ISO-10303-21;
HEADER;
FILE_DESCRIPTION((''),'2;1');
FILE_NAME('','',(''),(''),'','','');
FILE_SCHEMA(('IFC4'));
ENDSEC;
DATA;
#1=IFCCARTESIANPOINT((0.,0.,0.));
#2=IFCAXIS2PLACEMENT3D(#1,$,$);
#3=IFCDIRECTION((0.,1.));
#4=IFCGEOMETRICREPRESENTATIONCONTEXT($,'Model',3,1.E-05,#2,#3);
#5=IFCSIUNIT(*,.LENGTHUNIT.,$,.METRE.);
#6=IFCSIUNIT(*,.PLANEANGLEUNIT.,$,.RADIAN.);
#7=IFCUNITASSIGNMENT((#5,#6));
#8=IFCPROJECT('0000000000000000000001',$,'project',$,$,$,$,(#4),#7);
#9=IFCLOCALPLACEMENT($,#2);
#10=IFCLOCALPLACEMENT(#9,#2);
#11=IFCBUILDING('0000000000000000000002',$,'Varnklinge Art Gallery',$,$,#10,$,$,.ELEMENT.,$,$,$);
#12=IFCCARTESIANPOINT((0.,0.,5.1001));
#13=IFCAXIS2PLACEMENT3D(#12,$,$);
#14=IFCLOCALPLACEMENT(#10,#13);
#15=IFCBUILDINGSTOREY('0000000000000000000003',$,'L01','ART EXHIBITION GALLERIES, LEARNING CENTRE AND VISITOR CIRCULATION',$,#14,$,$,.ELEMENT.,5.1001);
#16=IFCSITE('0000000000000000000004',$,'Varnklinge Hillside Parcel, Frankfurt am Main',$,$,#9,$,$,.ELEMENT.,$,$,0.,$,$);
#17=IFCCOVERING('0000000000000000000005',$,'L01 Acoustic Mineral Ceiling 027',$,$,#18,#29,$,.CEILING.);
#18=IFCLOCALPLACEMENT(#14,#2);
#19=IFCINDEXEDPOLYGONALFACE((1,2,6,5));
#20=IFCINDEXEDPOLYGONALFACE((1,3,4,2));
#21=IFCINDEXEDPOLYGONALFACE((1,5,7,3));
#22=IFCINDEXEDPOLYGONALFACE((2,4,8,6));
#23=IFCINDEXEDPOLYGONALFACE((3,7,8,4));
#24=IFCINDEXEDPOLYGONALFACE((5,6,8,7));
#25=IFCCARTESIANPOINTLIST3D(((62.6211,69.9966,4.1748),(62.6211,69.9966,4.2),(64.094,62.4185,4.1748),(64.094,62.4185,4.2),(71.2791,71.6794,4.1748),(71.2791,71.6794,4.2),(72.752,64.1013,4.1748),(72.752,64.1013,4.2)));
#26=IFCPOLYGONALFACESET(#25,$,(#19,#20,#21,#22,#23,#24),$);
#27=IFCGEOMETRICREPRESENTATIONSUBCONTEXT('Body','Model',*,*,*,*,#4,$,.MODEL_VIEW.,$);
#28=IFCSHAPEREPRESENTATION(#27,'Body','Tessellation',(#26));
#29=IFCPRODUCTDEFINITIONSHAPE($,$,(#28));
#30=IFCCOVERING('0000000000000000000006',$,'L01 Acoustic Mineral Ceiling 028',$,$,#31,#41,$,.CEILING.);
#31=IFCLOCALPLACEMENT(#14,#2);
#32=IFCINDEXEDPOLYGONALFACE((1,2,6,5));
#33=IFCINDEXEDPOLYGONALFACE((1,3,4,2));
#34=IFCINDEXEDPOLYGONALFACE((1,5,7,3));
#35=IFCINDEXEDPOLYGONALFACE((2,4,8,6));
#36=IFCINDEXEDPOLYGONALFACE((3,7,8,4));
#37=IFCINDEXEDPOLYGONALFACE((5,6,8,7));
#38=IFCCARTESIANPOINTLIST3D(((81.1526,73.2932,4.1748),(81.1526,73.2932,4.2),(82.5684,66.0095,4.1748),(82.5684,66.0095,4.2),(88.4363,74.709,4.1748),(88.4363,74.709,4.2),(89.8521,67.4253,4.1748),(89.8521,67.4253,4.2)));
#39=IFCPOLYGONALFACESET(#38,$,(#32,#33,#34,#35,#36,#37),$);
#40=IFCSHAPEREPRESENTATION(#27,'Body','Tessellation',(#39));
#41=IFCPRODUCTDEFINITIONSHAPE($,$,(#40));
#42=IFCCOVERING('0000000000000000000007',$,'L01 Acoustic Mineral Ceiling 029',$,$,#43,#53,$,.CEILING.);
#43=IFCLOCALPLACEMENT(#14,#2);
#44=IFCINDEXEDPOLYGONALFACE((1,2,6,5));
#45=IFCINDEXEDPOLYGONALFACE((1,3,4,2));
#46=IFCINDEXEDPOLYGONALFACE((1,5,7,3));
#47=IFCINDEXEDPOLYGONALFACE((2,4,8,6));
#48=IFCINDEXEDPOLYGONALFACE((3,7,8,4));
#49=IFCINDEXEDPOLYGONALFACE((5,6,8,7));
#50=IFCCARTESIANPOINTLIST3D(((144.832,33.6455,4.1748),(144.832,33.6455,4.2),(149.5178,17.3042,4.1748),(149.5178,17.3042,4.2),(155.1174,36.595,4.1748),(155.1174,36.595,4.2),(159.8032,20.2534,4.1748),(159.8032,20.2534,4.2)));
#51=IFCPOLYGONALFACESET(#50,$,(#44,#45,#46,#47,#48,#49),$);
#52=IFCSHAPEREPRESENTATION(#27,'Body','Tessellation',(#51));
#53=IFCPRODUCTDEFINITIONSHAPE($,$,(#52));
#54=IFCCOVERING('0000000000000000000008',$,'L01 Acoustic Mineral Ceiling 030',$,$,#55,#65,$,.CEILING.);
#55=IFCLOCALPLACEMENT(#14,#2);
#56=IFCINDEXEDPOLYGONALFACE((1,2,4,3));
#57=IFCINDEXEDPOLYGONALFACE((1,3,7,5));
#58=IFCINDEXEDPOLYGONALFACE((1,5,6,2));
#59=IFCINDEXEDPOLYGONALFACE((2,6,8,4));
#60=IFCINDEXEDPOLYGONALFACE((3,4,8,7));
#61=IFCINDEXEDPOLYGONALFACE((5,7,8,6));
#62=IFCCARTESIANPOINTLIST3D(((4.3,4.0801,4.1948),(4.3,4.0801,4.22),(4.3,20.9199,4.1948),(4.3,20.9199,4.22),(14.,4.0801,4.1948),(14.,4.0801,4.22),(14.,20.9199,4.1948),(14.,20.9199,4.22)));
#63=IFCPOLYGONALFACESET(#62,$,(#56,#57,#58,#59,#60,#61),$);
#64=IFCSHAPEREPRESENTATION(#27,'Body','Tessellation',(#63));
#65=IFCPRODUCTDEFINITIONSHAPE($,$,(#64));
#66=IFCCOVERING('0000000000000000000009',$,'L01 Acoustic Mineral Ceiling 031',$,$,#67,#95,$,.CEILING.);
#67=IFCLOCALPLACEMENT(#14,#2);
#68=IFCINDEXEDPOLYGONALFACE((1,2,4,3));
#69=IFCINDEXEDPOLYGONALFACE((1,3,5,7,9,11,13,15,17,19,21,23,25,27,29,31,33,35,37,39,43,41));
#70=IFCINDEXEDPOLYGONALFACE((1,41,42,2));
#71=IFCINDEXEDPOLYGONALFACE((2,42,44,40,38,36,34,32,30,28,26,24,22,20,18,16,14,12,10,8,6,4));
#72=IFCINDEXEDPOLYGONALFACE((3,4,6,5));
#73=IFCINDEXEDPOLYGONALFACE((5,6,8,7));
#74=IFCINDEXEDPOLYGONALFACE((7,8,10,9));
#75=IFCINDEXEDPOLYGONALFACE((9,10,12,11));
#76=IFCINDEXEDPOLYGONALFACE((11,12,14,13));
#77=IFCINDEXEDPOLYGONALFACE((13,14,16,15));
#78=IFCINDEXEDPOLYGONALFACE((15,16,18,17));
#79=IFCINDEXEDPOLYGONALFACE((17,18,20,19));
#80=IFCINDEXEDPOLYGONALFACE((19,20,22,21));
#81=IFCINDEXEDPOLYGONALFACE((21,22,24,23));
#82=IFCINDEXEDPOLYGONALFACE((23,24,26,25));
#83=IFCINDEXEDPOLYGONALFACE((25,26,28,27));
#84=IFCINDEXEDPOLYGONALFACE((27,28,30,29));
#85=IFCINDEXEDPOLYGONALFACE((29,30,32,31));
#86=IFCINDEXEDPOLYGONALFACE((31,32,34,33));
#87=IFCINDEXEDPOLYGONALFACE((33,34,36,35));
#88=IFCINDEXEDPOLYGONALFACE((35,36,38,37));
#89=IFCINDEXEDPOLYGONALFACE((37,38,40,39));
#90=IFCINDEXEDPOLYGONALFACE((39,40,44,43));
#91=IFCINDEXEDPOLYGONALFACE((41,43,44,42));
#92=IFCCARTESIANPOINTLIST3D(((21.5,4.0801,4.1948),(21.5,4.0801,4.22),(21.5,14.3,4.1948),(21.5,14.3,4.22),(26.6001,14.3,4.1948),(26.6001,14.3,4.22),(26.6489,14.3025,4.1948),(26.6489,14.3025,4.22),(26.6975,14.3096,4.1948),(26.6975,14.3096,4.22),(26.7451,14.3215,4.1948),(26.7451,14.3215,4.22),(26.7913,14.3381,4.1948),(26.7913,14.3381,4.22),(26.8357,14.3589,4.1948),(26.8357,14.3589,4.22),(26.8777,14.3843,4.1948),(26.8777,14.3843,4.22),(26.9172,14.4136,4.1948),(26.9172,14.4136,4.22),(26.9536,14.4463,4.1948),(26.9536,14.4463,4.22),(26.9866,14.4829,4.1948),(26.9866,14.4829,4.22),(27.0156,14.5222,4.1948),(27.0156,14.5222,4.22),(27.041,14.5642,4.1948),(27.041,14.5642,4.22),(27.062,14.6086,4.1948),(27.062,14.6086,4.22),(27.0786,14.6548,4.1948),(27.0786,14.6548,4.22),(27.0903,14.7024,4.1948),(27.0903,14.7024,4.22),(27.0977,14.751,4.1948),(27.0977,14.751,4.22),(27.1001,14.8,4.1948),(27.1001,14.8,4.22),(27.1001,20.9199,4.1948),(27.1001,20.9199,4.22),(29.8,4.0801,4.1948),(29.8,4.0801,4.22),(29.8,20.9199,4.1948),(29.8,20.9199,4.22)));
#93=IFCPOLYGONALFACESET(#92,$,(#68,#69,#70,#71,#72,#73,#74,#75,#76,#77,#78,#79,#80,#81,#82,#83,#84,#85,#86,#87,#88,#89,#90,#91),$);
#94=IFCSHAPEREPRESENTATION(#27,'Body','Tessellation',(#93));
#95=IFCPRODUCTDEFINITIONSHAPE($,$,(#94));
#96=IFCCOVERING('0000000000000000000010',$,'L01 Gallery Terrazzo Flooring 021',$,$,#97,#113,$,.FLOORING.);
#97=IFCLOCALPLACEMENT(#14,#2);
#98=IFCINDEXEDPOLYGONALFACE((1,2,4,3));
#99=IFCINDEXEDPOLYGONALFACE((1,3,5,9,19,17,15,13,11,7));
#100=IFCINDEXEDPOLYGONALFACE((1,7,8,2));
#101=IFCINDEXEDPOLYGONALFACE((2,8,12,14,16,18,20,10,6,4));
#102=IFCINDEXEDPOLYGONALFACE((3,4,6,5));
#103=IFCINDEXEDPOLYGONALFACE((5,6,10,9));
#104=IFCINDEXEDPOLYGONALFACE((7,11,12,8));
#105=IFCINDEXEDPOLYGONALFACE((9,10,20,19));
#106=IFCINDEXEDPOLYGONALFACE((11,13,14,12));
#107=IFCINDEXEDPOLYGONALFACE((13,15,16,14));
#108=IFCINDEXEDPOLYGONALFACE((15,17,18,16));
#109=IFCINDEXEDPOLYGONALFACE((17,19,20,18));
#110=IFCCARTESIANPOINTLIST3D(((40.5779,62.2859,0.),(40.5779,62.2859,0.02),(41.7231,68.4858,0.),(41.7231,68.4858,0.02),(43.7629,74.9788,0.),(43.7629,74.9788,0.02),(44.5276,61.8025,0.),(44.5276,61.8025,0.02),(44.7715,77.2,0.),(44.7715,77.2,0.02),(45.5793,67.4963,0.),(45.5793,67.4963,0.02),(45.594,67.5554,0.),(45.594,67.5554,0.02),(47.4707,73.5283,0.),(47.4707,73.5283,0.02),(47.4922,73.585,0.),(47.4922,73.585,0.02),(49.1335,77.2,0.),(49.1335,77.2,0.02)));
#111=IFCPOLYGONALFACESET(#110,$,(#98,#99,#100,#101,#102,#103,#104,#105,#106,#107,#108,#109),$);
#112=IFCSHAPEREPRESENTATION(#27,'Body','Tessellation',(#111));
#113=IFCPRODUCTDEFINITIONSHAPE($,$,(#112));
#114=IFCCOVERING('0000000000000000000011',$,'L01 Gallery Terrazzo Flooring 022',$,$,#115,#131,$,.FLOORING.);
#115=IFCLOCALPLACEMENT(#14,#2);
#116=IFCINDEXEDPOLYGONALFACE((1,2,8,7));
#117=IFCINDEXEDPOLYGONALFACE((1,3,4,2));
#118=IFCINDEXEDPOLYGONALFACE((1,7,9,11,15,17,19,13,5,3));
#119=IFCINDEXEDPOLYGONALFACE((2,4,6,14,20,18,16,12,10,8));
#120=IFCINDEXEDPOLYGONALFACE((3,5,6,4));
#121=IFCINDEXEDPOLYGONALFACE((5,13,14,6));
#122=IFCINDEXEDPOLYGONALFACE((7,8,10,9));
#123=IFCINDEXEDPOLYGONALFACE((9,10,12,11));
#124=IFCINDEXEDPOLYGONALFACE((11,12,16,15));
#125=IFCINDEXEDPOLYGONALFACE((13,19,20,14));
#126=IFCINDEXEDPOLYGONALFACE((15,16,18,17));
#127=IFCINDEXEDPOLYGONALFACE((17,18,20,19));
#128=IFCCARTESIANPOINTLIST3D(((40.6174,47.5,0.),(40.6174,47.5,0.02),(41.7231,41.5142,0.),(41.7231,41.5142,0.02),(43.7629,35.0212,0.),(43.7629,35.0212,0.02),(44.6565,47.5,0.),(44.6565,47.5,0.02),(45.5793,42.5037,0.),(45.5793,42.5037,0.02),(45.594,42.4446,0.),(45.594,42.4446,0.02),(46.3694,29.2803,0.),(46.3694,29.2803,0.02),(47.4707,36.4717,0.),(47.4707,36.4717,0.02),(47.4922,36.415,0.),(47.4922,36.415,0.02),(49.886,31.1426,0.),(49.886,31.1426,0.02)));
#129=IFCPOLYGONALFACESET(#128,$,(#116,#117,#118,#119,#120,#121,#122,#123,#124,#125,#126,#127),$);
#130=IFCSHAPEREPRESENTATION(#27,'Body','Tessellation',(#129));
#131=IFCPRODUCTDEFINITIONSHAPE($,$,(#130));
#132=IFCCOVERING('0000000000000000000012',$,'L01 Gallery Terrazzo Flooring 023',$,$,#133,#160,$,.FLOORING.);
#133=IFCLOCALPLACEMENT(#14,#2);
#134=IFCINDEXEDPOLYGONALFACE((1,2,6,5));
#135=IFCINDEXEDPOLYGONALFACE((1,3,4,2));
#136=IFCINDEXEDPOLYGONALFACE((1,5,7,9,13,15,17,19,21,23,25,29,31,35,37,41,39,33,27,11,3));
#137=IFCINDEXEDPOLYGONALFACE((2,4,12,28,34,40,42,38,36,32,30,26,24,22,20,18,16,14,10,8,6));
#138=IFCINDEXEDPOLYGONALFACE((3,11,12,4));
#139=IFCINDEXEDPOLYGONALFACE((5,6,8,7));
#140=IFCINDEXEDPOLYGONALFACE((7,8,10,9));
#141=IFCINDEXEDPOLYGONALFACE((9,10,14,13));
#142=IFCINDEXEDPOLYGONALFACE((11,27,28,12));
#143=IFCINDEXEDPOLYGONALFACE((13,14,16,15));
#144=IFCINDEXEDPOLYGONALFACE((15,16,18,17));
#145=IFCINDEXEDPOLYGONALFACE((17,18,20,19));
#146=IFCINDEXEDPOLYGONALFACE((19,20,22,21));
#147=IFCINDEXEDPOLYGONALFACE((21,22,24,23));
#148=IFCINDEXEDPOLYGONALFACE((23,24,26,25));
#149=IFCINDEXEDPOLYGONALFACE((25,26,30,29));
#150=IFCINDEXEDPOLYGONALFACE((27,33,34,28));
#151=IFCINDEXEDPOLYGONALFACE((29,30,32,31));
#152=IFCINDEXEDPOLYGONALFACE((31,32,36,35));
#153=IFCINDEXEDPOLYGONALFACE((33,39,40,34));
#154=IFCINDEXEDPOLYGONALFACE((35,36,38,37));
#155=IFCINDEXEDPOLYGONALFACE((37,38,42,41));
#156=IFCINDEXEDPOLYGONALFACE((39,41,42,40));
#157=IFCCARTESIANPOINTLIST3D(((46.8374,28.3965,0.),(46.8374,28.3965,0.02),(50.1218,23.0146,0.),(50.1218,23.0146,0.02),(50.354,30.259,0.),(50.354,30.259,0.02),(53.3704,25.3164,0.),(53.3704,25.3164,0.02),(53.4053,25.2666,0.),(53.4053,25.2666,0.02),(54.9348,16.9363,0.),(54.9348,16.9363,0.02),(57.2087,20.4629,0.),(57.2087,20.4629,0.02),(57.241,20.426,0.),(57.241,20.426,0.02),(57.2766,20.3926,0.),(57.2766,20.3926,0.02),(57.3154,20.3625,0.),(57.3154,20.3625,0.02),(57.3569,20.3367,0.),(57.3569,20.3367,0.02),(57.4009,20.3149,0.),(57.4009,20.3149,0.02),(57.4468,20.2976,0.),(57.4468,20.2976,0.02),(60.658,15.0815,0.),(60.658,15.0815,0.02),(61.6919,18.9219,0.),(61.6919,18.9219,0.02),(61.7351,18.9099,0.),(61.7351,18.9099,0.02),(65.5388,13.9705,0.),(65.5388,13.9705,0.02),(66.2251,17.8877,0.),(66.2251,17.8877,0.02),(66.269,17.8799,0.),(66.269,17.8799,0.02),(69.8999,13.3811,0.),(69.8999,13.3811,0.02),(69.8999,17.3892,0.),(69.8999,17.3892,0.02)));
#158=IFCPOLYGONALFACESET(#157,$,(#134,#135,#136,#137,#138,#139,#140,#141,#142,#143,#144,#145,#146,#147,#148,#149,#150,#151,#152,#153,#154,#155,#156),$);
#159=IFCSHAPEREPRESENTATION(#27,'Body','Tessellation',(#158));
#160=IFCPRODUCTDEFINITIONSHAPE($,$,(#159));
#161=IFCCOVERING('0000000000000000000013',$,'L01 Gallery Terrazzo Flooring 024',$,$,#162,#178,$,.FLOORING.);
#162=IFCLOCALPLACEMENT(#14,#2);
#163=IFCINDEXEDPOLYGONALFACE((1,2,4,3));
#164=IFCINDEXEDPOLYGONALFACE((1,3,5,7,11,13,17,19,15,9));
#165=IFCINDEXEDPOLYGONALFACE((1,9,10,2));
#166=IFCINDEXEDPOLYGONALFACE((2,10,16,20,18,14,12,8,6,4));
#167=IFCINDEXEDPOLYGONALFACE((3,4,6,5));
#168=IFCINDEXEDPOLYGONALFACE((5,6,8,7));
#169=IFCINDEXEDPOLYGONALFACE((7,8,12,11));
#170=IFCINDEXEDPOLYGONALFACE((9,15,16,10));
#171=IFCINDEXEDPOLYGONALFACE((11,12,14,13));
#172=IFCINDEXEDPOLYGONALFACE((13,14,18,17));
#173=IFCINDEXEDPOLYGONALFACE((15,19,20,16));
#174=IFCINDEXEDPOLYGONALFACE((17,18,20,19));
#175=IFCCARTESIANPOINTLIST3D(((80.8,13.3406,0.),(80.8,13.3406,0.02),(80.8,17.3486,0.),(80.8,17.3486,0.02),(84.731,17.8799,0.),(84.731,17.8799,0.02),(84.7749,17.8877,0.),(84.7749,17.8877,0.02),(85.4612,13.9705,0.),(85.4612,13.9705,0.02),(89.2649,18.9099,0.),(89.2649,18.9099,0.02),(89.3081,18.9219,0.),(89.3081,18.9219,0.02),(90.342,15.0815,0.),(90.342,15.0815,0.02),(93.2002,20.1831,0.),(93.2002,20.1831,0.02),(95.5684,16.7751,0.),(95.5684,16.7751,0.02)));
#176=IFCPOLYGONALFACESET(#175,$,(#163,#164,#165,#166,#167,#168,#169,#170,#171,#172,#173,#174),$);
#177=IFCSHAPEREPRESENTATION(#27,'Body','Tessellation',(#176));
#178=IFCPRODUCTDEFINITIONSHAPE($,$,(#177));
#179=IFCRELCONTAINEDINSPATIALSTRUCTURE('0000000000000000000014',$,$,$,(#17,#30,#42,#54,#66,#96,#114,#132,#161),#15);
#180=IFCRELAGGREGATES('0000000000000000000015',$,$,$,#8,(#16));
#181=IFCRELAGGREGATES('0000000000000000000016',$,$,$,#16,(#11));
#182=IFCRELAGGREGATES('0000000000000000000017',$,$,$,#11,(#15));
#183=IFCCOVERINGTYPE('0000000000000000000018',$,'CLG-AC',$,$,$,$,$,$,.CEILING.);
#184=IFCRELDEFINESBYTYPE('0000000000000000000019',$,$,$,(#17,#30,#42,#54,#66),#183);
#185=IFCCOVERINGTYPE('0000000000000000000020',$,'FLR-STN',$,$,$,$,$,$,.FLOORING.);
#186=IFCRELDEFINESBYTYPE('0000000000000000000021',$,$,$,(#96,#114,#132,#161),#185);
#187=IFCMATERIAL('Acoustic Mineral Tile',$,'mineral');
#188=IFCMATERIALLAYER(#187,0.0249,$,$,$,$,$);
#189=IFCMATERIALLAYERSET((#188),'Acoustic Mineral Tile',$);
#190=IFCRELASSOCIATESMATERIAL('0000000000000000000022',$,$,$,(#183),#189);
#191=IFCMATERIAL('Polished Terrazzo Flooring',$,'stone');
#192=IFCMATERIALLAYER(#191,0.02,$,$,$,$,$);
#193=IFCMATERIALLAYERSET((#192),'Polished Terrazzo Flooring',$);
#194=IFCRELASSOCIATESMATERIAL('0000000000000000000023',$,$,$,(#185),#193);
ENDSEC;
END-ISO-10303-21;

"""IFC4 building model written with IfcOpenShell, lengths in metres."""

from ifc_helpers import new_model, si_unit, direction, frame, origin, place, context, subcontext, project, spatial, polyline, outline, extrude, material, layer, layer_set, type_object, element, save


model = new_model("IFC4")

# Units and contexts
model_context = context("Model", 3, precision=1e-05, world=origin(), true_north=direction((0.0, 1.0)))
body_context = subcontext(model_context, "Body", "Model", "MODEL_VIEW")
ifc_project = project(units=[si_unit("LENGTHUNIT", "METRE"), si_unit("PLANEANGLEUNIT", "RADIAN")], contexts=[model_context])

# Site, building, storey
site_placement = place(None, origin())
site = spatial("IfcSite", under=ifc_project, at=site_placement, Name="Varnklinge Hillside Parcel, Frankfurt am Main", CompositionType="ELEMENT", RefElevation=0.0)
building_placement = place(site_placement, origin())
building = spatial("IfcBuilding", under=site, at=building_placement, Name="Varnklinge Art Gallery", CompositionType="ELEMENT")
storey_placement = place(building_placement, frame((0.0, 0.0, 5.1001)))
storey = spatial("IfcBuildingStorey", under=building, at=storey_placement, Name="L01", Description="ART EXHIBITION GALLERIES, LEARNING CENTRE AND VISITOR CIRCULATION", CompositionType="ELEMENT", Elevation=5.1001)

# Coverings
ifc_material_1 = material(Name="Acoustic Mineral Tile", Category="mineral")
ifc_layer_1 = layer(ifc_material_1, 0.0249)
ifc_layer_set_1 = layer_set([ifc_layer_1], Name="Acoustic Mineral Tile")
covering_type_1 = type_object("IfcCoveringType", Name="CLG-AC", PredefinedType="CEILING", material=ifc_layer_set_1)
covering_1_placement = place(storey_placement, frame((0.0, 0.0, 4.1748)))
element("IfcCovering", 1, at=covering_1_placement, inside=storey, type_object=covering_type_1, Name="L01 Acoustic Mineral Ceiling 027", PredefinedType="CEILING", context=body_context, shape_type="SweptSolid", body=[
    extrude(outline(polyline([(72.752, 64.1013), (71.2791, 71.6794), (62.6211, 69.9966), (64.094, 62.4185), (72.752, 64.1013)])), origin(), (0.0, 0.0, 1.0), 0.0251),
])
covering_2_placement = place(storey_placement, frame((0.0, 0.0, 4.1748)))
element("IfcCovering", 2, at=covering_2_placement, inside=storey, type_object=covering_type_1, Name="L01 Acoustic Mineral Ceiling 028", PredefinedType="CEILING", context=body_context, shape_type="SweptSolid", body=[
    extrude(outline(polyline([(89.8521, 67.4253), (88.4363, 74.709), (81.1526, 73.2932), (82.5684, 66.0095), (89.8521, 67.4253)])), origin(), (0.0, 0.0, 1.0), 0.0251),
])
covering_3_placement = place(storey_placement, frame((0.0, 0.0, 4.1748)))
element("IfcCovering", 3, at=covering_3_placement, inside=storey, type_object=covering_type_1, Name="L01 Acoustic Mineral Ceiling 029", PredefinedType="CEILING", context=body_context, shape_type="SweptSolid", body=[
    extrude(outline(polyline([(159.8032, 20.2534), (155.1174, 36.595), (144.832, 33.6455), (149.5178, 17.3042), (159.8032, 20.2534)])), origin(), (0.0, 0.0, 1.0), 0.0251),
])
covering_4_placement = place(storey_placement, frame((0.0, 0.0, 4.1948)))
element("IfcCovering", 4, at=covering_4_placement, inside=storey, type_object=covering_type_1, Name="L01 Acoustic Mineral Ceiling 030", PredefinedType="CEILING", context=body_context, shape_type="SweptSolid", body=[
    extrude(outline(polyline([(14.0, 20.9199), (4.3, 20.9199), (4.3, 4.0801), (14.0, 4.0801), (14.0, 20.9199)])), origin(), (0.0, 0.0, 1.0), 0.0251),
])
covering_5_placement = place(storey_placement, frame((0.0, 0.0, 4.1948)))
element("IfcCovering", 5, at=covering_5_placement, inside=storey, type_object=covering_type_1, Name="L01 Acoustic Mineral Ceiling 031", PredefinedType="CEILING", context=body_context, shape_type="SweptSolid", body=[
    extrude(outline(polyline([(21.5, 14.3), (21.5, 4.0801), (29.8, 4.0801), (29.8, 20.9199), (27.1001, 20.9199), (27.1001, 14.8), (27.0977, 14.751), (27.0903, 14.7024), (27.0786, 14.6548), (27.062, 14.6086), (27.041, 14.5642), (27.0156, 14.5222), (26.9866, 14.4829), (26.9536, 14.4463), (26.9172, 14.4136), (26.8777, 14.3843), (26.8357, 14.3589), (26.7913, 14.3381), (26.7451, 14.3215), (26.6975, 14.3096), (26.6489, 14.3025), (26.6001, 14.3), (21.5, 14.3)])), origin(), (0.0, 0.0, 1.0), 0.0251),
])
ifc_material_2 = material(Name="Polished Terrazzo Flooring", Category="stone")
ifc_layer_2 = layer(ifc_material_2, 0.02)
ifc_layer_set_2 = layer_set([ifc_layer_2], Name="Polished Terrazzo Flooring")
covering_type_2 = type_object("IfcCoveringType", Name="FLR-STN", PredefinedType="FLOORING", material=ifc_layer_set_2)
covering_6_placement = place(storey_placement, origin())
element("IfcCovering", 6, at=covering_6_placement, inside=storey, type_object=covering_type_2, Name="L01 Gallery Terrazzo Flooring 021", PredefinedType="FLOORING", context=body_context, shape_type="SweptSolid", body=[
    extrude(outline(polyline([(47.4707, 73.5283), (47.4922, 73.585), (49.1335, 77.2), (44.7715, 77.2), (43.7629, 74.9788), (41.7231, 68.4858), (40.5779, 62.2859), (44.5276, 61.8025), (45.5793, 67.4963), (45.594, 67.5554), (47.4707, 73.5283)])), origin(), (0.0, 0.0, 1.0), 0.02),
])
covering_7_placement = place(storey_placement, origin())
element("IfcCovering", 7, at=covering_7_placement, inside=storey, type_object=covering_type_2, Name="L01 Gallery Terrazzo Flooring 022", PredefinedType="FLOORING", context=body_context, shape_type="SweptSolid", body=[
    extrude(outline(polyline([(44.6565, 47.5), (40.6174, 47.5), (41.7231, 41.5142), (43.7629, 35.0212), (46.3694, 29.2803), (49.886, 31.1426), (47.4922, 36.415), (47.4707, 36.4717), (45.594, 42.4446), (45.5793, 42.5037), (44.6565, 47.5)])), origin(), (0.0, 0.0, 1.0), 0.02),
])
covering_8_placement = place(storey_placement, origin())
element("IfcCovering", 8, at=covering_8_placement, inside=storey, type_object=covering_type_2, Name="L01 Gallery Terrazzo Flooring 023", PredefinedType="FLOORING", context=body_context, shape_type="SweptSolid", body=[
    extrude(outline(polyline([(54.9348, 16.9363), (60.658, 15.0815), (65.5388, 13.9705), (69.8999, 13.3811), (69.8999, 17.3892), (66.269, 17.8799), (66.2251, 17.8877), (61.7351, 18.9099), (61.6919, 18.9219), (57.4468, 20.2976), (57.4009, 20.3149), (57.3569, 20.3367), (57.3154, 20.3625), (57.2766, 20.3926), (57.241, 20.426), (57.2087, 20.4629), (53.4053, 25.2666), (53.3704, 25.3164), (50.354, 30.259), (46.8374, 28.3965), (50.1218, 23.0146), (54.9348, 16.9363)])), origin(), (0.0, 0.0, 1.0), 0.02),
])
covering_9_placement = place(storey_placement, origin())
element("IfcCovering", 9, at=covering_9_placement, inside=storey, type_object=covering_type_2, Name="L01 Gallery Terrazzo Flooring 024", PredefinedType="FLOORING", context=body_context, shape_type="SweptSolid", body=[
    extrude(outline(polyline([(85.4612, 13.9705), (90.342, 15.0815), (95.5684, 16.7751), (93.2002, 20.1831), (89.3081, 18.9219), (89.2649, 18.9099), (84.7749, 17.8877), (84.731, 17.8799), (80.8, 17.3486), (80.8, 13.3406), (85.4612, 13.9705)])), origin(), (0.0, 0.0, 1.0), 0.02),
])

save(model, "model.ifc")
